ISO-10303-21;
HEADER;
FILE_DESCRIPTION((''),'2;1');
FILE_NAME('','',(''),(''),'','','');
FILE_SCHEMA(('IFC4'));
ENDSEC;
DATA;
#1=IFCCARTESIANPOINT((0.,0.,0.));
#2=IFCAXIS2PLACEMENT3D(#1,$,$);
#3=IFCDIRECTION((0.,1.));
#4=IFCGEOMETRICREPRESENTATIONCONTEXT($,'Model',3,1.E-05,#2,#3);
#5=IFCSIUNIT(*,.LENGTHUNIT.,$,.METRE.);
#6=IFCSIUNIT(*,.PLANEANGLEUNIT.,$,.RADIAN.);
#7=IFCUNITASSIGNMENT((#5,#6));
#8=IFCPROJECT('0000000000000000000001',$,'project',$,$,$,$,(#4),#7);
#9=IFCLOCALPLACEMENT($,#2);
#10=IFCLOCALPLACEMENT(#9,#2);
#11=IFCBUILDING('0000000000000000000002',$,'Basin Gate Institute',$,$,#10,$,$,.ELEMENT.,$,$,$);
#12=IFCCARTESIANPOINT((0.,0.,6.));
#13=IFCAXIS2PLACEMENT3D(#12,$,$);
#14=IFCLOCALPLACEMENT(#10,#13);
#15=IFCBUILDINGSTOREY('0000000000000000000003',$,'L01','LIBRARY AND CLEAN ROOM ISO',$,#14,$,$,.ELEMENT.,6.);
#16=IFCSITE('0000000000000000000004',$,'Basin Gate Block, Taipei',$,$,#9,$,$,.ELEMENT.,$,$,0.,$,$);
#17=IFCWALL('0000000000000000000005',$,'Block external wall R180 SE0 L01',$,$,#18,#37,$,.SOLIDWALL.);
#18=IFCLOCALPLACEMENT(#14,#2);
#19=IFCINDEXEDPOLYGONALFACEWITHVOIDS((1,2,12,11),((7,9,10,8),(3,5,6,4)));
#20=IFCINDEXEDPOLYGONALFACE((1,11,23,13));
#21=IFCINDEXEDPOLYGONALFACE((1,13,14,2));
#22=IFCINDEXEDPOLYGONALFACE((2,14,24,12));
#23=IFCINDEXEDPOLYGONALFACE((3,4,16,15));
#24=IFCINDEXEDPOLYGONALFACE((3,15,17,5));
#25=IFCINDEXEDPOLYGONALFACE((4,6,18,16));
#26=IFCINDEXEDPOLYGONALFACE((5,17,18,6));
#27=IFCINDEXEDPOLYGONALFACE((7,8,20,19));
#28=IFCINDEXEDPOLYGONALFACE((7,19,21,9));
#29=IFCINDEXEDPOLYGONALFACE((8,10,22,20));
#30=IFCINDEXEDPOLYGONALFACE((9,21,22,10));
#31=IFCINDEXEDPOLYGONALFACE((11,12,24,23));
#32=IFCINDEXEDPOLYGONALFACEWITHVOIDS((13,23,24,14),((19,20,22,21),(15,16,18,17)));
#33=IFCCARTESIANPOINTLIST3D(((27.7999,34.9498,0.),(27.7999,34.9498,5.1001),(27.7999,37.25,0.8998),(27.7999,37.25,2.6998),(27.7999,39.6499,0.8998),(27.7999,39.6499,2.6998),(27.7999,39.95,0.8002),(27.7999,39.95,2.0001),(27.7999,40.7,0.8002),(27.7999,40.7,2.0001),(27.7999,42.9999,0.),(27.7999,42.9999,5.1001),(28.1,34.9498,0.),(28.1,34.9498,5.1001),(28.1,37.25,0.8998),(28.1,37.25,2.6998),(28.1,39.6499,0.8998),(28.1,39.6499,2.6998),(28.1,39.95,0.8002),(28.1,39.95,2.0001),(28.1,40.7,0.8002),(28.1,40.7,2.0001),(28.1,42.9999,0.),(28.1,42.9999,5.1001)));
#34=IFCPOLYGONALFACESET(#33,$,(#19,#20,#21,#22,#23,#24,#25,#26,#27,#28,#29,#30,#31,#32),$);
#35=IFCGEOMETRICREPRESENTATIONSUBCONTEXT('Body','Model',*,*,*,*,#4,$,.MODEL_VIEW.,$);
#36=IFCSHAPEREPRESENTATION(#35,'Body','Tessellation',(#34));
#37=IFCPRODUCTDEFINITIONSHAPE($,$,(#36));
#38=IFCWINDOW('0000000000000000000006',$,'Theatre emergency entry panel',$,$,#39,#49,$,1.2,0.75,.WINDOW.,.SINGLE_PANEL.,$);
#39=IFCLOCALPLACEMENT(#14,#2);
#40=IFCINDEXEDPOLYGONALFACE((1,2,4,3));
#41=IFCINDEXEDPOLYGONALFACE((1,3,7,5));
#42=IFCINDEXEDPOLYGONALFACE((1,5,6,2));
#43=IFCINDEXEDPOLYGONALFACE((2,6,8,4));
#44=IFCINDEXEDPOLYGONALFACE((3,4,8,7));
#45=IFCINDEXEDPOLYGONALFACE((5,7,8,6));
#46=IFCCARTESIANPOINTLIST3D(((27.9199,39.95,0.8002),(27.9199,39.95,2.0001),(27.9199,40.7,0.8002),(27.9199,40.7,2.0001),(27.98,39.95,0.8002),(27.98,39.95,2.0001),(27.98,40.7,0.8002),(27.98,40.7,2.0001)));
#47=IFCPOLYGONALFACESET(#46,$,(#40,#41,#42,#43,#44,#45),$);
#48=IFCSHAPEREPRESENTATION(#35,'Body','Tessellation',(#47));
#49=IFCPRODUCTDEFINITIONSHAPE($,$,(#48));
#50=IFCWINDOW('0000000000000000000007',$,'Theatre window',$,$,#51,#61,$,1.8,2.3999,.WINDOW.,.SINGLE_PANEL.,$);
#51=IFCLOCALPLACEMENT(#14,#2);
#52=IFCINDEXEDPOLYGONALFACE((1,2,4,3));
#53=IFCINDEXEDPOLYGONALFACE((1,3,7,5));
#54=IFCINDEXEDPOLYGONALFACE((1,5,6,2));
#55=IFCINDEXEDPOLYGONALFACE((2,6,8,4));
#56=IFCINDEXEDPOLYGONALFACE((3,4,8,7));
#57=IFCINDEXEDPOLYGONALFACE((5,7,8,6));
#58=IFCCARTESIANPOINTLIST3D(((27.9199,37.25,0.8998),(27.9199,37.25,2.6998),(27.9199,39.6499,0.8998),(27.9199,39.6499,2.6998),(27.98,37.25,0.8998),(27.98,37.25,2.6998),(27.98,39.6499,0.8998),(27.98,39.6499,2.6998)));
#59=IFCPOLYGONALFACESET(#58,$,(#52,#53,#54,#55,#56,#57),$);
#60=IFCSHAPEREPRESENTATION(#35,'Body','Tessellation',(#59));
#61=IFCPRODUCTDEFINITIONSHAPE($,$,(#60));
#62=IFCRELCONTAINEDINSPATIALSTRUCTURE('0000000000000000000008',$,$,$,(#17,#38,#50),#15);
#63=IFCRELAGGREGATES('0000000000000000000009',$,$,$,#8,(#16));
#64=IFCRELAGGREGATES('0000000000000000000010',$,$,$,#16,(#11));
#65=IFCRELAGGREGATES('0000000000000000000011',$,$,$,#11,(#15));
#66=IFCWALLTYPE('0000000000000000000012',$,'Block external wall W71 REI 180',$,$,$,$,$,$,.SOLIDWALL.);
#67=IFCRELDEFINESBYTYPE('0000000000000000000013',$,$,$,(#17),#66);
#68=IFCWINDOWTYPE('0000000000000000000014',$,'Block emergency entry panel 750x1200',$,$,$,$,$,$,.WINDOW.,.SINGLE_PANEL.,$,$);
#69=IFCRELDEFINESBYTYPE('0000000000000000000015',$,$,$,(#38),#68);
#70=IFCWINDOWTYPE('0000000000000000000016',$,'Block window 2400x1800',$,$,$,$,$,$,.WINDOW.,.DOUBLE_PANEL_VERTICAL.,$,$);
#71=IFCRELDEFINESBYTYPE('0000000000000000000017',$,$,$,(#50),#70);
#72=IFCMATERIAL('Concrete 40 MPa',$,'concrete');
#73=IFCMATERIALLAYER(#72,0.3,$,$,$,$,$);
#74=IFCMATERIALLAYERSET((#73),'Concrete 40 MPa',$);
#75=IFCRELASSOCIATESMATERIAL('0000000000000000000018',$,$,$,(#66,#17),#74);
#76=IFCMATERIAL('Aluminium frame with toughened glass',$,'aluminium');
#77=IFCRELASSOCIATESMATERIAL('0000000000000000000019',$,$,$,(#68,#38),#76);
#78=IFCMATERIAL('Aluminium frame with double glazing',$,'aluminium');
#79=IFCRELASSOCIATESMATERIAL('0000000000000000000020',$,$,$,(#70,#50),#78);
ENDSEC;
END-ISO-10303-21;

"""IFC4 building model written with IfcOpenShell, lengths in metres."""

from ifc_helpers import new_model, si_unit, direction, frame, frame_2d, origin, place, context, subcontext, project, spatial, rectangle, extrude, material, layer, layer_set, type_object, element, fill, save


model = new_model("IFC4")

# Units and contexts
model_context = context("Model", 3, precision=1e-05, world=origin(), true_north=direction((0.0, 1.0)))
body_context = subcontext(model_context, "Body", "Model", "MODEL_VIEW")
ifc_project = project(units=[si_unit("LENGTHUNIT", "METRE"), si_unit("PLANEANGLEUNIT", "RADIAN")], contexts=[model_context])

# Site, building, storey
site_placement = place(None, origin())
site = spatial("IfcSite", under=ifc_project, at=site_placement, Name="Basin Gate Block, Taipei", CompositionType="ELEMENT", RefElevation=0.0)
building_placement = place(site_placement, origin())
building = spatial("IfcBuilding", under=site, at=building_placement, Name="Basin Gate Institute", CompositionType="ELEMENT")
storey_placement = place(building_placement, frame((0.0, 0.0, 6.0)))
storey = spatial("IfcBuildingStorey", under=building, at=storey_placement, Name="L01", Description="LIBRARY AND CLEAN ROOM ISO", CompositionType="ELEMENT", Elevation=6.0)

# Wall, openings, windows
ifc_material_1 = material(Name="Concrete 40 MPa", Category="concrete")
ifc_layer_1 = layer(ifc_material_1, 0.3)
ifc_layer_set_1 = layer_set([ifc_layer_1], Name="Concrete 40 MPa")
wall_type = type_object("IfcWallType", Name="Block external wall W71 REI 180", PredefinedType="SOLIDWALL", material=ifc_layer_set_1)
wall_placement = place(storey_placement, frame((27.95, 34.95, 0.0), z_axis=(0.0, 0.0, 1.0), x_axis=(0.0, 1.0, 0.0)))
wall = element("IfcWall", 1, at=wall_placement, inside=storey, type_object=wall_type, material=ifc_layer_set_1, Name="Block external wall R180 SE0 L01", PredefinedType="SOLIDWALL", context=body_context, shape_type="SweptSolid", body=[
    extrude(rectangle(XDim=8.05, YDim=0.3, at=frame_2d((4.0249, 0.0))), origin(), (0.0, 0.0, 1.0), 5.1001),
])
opening_1_placement = place(wall_placement, frame((2.3, 0.0, 0.8999)))
opening_1 = element("IfcOpeningElement", 2, at=opening_1_placement, cuts=wall, PredefinedType="OPENING", context=body_context, shape_type="SweptSolid", body=[
    extrude(rectangle(XDim=2.3999, YDim=1.8, at=frame_2d((1.2, 0.8999))), frame((0.0, 0.1602, 0.0), z_axis=(0.0, -1.0, 0.0), x_axis=(1.0, 0.0, 0.0)), (0.0, 0.0, 1.0), 0.3201),
])
opening_2_placement = place(wall_placement, frame((5.0, 0.0, 0.8)))
opening_2 = element("IfcOpeningElement", 3, at=opening_2_placement, cuts=wall, PredefinedType="OPENING", context=body_context, shape_type="SweptSolid", body=[
    extrude(rectangle(XDim=0.75, YDim=1.2, at=frame_2d((0.375, 0.6001))), frame((0.0, 0.1602, 0.0), z_axis=(0.0, -1.0, 0.0), x_axis=(1.0, 0.0, 0.0)), (0.0, 0.0, 1.0), 0.3201),
])
ifc_material_2 = material(Name="Aluminium frame with toughened glass", Category="aluminium")
window_type_1 = type_object("IfcWindowType", Name="Block emergency entry panel 750x1200", PartitioningType="SINGLE_PANEL", PredefinedType="WINDOW", material=ifc_material_2)
window_1_placement = place(opening_2_placement, origin())
window_1 = element("IfcWindow", 4, at=window_1_placement, inside=storey, type_object=window_type_1, material=ifc_material_2, Name="Theatre emergency entry panel", OverallHeight=1.2, OverallWidth=0.75, PartitioningType="SINGLE_PANEL", PredefinedType="WINDOW", context=body_context, shape_type="SweptSolid", body=[
    extrude(rectangle(XDim=0.75, YDim=1.2, at=frame_2d((0.375, 0.6001))), frame((0.0, 0.03, 0.0), z_axis=(0.0, -1.0, 0.0), x_axis=(1.0, 0.0, 0.0)), (0.0, 0.0, 1.0), 0.0601),
])
fill(opening_2, window_1)
ifc_material_3 = material(Name="Aluminium frame with double glazing", Category="aluminium")
window_type_2 = type_object("IfcWindowType", Name="Block window 2400x1800", PartitioningType="DOUBLE_PANEL_VERTICAL", PredefinedType="WINDOW", material=ifc_material_3)
window_2_placement = place(opening_1_placement, origin())
window_2 = element("IfcWindow", 5, at=window_2_placement, inside=storey, type_object=window_type_2, material=ifc_material_3, Name="Theatre window", OverallHeight=1.8, OverallWidth=2.3999, PartitioningType="SINGLE_PANEL", PredefinedType="WINDOW", context=body_context, shape_type="SweptSolid", body=[
    extrude(rectangle(XDim=2.3999, YDim=1.8, at=frame_2d((1.2, 0.8999))), frame((0.0, 0.03, 0.0), z_axis=(0.0, -1.0, 0.0), x_axis=(1.0, 0.0, 0.0)), (0.0, 0.0, 1.0), 0.0601),
])
fill(opening_1, window_2)

save(model, "model.ifc")
